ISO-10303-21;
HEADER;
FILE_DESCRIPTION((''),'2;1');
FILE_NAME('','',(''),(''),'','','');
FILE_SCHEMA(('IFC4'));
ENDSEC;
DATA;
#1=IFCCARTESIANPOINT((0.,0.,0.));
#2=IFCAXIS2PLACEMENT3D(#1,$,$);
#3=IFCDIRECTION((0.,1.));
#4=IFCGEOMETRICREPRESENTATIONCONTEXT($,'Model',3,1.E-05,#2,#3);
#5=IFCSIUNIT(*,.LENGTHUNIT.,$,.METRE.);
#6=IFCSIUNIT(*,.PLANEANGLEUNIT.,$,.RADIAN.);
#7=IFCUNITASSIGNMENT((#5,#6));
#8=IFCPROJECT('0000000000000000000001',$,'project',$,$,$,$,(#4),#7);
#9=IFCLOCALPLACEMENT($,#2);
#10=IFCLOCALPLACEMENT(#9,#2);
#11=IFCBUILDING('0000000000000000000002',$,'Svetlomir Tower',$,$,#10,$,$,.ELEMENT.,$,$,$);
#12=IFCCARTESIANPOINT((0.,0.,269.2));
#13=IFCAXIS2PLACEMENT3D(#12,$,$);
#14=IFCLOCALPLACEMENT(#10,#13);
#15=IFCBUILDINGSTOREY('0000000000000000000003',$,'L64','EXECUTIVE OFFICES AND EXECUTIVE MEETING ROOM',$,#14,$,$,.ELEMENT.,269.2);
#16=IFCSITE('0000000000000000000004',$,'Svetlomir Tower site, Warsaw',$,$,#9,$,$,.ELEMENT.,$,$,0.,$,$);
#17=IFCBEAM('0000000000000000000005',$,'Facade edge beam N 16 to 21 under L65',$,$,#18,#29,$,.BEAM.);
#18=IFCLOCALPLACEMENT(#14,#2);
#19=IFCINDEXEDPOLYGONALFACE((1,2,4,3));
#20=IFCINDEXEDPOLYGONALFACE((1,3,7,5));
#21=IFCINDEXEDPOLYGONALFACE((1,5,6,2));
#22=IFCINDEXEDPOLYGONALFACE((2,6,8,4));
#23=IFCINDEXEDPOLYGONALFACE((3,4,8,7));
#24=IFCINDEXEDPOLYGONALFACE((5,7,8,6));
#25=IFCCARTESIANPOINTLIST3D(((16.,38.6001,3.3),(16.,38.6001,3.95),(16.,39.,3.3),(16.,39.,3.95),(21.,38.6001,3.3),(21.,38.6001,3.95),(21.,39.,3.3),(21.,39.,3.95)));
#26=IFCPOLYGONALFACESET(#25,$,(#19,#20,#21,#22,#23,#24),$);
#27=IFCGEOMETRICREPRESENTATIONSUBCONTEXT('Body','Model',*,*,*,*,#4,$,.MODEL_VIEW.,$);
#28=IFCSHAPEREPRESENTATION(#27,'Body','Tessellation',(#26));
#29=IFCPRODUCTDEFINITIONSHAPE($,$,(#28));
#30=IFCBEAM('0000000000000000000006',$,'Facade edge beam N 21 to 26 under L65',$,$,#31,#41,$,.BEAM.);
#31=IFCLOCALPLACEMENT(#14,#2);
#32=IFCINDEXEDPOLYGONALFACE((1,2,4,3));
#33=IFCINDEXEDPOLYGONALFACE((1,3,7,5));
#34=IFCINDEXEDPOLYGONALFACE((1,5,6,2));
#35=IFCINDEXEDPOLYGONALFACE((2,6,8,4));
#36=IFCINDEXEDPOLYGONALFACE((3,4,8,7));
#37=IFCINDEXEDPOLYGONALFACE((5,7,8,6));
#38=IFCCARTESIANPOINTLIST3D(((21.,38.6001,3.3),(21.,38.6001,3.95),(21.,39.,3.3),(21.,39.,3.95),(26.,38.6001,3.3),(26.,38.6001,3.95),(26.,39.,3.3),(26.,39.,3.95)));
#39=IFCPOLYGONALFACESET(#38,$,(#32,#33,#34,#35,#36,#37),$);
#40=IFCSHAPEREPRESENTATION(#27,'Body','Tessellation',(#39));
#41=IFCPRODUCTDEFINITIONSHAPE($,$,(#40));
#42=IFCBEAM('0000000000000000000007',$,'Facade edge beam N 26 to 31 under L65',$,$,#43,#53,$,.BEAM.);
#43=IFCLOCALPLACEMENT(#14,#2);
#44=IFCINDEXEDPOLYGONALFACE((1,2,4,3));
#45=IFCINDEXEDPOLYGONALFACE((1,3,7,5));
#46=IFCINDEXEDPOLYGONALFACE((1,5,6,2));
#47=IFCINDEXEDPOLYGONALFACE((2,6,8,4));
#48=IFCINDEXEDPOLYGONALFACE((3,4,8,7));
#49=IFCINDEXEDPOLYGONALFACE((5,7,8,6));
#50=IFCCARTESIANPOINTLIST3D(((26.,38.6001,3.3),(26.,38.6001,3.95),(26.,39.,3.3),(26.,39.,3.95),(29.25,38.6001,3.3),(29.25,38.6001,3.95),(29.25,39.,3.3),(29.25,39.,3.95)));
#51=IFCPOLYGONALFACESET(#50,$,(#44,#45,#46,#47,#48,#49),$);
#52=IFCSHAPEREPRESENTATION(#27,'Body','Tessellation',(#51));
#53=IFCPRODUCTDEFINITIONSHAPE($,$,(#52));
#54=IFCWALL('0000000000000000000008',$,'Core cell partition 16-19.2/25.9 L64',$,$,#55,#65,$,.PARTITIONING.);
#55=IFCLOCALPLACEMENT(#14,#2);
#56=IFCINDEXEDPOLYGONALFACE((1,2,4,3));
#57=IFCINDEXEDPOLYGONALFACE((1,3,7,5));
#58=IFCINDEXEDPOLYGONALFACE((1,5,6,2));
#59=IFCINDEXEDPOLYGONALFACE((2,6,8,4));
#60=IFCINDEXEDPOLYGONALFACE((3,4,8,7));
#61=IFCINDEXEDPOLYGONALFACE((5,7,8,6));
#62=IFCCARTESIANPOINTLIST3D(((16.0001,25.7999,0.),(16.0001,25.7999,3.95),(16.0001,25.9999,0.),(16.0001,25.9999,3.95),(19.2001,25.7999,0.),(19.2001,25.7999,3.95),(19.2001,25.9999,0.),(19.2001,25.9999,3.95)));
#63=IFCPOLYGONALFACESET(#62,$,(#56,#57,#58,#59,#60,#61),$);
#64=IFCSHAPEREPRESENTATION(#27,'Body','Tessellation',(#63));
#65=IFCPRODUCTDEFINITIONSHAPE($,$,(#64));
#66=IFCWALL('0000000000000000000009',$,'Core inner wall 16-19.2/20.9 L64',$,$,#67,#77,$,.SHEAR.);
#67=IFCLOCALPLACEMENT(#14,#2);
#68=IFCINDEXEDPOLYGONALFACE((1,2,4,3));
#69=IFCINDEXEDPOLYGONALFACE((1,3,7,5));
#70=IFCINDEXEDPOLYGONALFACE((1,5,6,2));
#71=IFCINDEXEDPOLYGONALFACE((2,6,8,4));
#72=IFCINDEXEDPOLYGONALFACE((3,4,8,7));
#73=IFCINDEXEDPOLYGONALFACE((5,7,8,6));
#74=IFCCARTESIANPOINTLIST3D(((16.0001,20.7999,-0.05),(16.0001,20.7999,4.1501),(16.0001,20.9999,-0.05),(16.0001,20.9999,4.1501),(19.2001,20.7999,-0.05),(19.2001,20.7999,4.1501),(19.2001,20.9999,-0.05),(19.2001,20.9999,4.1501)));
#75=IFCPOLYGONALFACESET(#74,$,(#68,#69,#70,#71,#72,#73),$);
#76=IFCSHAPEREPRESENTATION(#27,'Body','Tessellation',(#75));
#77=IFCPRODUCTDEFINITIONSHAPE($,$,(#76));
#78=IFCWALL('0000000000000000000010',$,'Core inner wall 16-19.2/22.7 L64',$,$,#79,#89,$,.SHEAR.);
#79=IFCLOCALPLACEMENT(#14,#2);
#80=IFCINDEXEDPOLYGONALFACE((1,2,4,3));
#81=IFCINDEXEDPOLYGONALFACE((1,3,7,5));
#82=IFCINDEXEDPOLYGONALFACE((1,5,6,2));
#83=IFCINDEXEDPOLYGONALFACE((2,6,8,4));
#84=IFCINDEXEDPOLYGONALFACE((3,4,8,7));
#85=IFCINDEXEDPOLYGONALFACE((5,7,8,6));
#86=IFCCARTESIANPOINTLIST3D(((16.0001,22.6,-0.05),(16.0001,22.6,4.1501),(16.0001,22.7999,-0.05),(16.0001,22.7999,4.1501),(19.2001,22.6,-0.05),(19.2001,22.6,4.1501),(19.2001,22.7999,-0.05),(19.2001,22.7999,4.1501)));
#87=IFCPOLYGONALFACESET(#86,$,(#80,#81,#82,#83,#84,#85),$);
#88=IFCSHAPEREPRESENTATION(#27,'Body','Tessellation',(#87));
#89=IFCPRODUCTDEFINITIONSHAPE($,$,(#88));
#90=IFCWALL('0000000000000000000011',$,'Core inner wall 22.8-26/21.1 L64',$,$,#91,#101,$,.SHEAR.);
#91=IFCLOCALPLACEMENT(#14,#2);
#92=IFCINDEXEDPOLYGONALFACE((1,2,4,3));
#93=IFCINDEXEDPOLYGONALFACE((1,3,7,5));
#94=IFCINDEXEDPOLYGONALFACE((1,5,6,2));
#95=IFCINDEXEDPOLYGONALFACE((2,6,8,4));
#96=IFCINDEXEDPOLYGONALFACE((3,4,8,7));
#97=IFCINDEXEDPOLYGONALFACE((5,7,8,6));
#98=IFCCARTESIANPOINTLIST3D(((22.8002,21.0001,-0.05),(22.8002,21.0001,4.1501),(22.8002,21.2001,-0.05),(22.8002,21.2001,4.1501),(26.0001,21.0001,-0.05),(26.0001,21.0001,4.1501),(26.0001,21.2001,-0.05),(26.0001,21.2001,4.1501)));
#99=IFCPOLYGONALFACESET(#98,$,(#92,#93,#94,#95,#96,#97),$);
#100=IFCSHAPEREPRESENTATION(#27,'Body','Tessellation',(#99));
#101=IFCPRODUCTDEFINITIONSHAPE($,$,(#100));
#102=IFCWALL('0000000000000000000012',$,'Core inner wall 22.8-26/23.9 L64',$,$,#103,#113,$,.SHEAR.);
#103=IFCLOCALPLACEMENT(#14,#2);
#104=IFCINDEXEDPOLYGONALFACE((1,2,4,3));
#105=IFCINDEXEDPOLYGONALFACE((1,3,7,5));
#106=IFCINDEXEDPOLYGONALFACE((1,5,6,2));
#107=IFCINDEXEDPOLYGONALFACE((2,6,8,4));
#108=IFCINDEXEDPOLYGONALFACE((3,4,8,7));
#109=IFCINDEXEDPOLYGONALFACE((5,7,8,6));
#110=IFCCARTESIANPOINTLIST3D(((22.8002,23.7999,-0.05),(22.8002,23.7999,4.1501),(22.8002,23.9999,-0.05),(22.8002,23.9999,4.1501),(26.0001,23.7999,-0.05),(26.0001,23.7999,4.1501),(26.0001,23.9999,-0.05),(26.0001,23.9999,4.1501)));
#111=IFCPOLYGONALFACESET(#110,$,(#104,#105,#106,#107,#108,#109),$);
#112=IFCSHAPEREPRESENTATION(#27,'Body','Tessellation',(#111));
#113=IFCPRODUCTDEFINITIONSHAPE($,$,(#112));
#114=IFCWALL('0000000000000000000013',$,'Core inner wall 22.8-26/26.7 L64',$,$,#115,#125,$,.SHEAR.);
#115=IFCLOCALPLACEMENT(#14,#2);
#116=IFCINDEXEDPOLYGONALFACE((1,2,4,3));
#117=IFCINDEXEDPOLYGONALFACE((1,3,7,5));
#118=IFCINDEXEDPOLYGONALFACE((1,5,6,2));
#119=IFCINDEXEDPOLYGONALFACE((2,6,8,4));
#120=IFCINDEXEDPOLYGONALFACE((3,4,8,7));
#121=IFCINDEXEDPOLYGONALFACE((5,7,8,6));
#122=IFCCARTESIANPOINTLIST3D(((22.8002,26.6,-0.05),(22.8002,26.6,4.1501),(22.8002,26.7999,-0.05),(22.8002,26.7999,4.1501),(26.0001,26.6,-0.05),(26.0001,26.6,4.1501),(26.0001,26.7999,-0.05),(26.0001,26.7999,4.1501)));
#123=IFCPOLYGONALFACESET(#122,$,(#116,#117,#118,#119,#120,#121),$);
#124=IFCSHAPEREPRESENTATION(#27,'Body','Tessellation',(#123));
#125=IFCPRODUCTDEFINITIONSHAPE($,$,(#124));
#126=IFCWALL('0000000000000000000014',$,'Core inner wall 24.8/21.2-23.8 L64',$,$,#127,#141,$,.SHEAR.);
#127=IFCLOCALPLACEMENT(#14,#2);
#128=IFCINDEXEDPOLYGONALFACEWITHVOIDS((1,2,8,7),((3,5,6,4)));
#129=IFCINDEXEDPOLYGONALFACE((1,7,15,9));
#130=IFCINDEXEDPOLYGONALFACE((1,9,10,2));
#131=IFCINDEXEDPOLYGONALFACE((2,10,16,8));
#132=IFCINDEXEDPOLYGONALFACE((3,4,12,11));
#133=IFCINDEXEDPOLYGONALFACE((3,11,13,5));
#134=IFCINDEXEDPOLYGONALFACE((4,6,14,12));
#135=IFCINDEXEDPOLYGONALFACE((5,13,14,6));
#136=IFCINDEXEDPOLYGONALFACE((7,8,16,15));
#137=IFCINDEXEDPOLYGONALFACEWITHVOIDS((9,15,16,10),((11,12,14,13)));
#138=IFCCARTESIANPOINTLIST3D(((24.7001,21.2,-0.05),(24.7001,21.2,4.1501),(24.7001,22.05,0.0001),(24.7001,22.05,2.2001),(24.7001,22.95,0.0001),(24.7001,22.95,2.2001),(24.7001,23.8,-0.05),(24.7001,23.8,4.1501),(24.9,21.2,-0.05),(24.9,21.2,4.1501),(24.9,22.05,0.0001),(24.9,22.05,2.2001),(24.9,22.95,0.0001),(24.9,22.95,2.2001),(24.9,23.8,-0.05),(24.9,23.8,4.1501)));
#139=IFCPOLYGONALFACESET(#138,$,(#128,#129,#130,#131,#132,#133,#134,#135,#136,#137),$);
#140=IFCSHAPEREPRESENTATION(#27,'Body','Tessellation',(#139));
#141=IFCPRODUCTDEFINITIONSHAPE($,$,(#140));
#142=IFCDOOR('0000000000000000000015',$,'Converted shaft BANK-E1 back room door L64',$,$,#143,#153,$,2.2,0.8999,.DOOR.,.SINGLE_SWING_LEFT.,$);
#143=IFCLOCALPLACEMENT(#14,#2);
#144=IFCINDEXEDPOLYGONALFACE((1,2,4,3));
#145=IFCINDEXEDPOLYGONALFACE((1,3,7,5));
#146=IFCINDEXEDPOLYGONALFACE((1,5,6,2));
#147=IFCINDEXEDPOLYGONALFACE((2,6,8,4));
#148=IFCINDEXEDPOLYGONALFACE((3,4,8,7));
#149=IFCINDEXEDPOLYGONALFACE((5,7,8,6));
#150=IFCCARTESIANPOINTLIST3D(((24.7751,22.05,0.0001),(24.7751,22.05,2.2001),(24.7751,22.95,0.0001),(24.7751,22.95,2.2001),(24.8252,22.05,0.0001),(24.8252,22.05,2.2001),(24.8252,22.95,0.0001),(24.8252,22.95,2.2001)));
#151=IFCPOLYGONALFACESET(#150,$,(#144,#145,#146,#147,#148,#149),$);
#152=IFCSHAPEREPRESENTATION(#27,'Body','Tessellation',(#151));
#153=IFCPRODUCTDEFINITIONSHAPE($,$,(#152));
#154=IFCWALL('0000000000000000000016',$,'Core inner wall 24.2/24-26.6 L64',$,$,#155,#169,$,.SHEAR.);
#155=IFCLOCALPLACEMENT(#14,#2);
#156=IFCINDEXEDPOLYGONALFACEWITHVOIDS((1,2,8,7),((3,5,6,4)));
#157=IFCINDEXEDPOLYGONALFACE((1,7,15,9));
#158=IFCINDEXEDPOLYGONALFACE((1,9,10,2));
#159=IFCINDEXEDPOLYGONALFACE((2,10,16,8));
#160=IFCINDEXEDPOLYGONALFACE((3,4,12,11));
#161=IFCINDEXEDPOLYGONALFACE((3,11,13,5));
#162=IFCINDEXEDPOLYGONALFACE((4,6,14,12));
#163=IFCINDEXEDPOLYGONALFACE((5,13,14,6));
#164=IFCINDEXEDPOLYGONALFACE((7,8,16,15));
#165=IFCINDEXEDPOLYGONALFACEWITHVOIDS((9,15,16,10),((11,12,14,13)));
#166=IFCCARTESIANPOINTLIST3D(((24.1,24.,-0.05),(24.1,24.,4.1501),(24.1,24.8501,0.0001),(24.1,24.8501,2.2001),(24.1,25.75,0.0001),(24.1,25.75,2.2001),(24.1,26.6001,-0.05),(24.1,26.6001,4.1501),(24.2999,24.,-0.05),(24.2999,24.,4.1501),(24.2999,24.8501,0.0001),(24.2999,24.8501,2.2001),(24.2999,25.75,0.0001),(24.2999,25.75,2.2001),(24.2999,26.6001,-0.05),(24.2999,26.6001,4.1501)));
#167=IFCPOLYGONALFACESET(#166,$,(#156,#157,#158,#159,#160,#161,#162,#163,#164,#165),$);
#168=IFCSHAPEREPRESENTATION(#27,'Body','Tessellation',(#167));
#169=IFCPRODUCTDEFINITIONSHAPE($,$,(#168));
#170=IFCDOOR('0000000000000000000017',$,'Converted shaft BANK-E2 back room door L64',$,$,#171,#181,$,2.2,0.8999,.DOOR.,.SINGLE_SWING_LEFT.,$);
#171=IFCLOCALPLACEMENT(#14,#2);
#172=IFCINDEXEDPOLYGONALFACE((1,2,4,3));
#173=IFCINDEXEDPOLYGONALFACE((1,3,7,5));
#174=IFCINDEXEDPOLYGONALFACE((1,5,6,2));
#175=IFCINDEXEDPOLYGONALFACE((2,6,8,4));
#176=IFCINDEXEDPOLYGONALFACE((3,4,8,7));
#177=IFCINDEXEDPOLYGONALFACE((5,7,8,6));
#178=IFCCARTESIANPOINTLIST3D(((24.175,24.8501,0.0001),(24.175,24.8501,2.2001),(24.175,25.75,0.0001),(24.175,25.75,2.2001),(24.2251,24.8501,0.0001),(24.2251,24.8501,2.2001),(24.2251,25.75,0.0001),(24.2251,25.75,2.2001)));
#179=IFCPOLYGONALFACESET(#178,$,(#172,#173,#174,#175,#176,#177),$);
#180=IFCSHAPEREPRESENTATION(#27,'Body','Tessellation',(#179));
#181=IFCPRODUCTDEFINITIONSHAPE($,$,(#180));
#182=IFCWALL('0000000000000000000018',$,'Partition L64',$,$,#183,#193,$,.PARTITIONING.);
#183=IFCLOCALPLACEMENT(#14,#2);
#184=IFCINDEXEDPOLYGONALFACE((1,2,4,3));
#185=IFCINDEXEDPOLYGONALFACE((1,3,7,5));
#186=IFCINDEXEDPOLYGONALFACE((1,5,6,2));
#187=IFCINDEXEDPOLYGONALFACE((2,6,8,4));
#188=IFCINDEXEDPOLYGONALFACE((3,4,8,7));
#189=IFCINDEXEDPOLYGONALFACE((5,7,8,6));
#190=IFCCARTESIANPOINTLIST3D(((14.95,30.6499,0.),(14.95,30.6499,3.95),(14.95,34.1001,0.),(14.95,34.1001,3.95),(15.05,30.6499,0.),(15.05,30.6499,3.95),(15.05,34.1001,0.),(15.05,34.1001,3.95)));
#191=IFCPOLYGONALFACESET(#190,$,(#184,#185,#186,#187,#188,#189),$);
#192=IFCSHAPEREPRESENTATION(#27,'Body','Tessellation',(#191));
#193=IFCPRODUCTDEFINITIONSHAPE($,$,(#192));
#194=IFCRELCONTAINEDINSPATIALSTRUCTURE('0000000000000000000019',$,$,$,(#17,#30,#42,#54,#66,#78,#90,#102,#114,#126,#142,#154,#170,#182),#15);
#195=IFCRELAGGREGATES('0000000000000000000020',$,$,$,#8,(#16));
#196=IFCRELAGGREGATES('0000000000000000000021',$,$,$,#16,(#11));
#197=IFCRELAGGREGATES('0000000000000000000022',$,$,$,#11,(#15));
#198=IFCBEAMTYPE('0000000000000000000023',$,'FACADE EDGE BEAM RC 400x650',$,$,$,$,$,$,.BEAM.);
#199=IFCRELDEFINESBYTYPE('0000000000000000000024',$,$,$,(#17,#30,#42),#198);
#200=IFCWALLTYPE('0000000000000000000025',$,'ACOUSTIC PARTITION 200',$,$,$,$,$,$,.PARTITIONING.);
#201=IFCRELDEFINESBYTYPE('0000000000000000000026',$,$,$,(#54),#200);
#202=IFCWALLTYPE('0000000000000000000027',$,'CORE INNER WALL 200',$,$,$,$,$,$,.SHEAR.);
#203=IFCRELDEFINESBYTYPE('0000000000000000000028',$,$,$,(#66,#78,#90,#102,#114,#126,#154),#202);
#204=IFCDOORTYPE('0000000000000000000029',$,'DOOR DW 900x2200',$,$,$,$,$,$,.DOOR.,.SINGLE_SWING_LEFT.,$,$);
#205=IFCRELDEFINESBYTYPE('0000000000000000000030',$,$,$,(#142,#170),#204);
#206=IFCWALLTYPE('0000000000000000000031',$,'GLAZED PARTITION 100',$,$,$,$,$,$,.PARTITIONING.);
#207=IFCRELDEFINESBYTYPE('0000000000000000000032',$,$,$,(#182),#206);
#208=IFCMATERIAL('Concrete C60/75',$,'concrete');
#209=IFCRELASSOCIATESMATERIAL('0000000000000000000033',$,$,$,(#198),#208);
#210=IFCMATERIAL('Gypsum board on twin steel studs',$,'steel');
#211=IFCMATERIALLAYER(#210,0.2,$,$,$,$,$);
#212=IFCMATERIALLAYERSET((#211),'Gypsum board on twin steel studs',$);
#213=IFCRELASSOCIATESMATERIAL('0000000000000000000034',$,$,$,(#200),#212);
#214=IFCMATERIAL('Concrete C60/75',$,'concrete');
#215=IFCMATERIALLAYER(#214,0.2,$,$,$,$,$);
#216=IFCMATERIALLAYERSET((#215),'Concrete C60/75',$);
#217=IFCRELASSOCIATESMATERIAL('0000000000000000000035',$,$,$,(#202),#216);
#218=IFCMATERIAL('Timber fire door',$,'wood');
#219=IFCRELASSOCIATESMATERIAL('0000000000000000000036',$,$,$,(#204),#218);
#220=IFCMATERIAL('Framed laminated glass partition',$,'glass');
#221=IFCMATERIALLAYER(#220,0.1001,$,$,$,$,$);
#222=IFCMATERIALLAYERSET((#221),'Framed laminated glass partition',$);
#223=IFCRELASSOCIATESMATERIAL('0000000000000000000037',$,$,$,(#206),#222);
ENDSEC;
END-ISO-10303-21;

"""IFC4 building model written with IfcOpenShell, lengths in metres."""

from ifc_helpers import new_model, si_unit, direction, frame, frame_2d, origin, origin_2d, place, context, subcontext, project, spatial, rectangle, extrude, material, layer, layer_set, material_profile, profile_set, type_object, element, fill, save


model = new_model("IFC4")

# Units and contexts
model_context = context("Model", 3, precision=1e-05, world=origin(), true_north=direction((0.0, 1.0)))
body_context = subcontext(model_context, "Body", "Model", "MODEL_VIEW")
ifc_project = project(units=[si_unit("LENGTHUNIT", "METRE"), si_unit("PLANEANGLEUNIT", "RADIAN")], contexts=[model_context])

# Site, building, storey
site_placement = place(None, origin())
site = spatial("IfcSite", under=ifc_project, at=site_placement, Name="Svetlomir Tower site, Warsaw", CompositionType="ELEMENT", RefElevation=0.0)
building_placement = place(site_placement, origin())
building = spatial("IfcBuilding", under=site, at=building_placement, Name="Svetlomir Tower", CompositionType="ELEMENT")
storey_placement = place(building_placement, frame((0.0, 0.0, 269.2)))
storey = spatial("IfcBuildingStorey", under=building, at=storey_placement, Name="L64", Description="EXECUTIVE OFFICES AND EXECUTIVE MEETING ROOM", CompositionType="ELEMENT", Elevation=269.2)

# Beams
ifc_material_1 = material(Name="Concrete C60/75", Category="concrete")
ifc_material_profile = material_profile(ifc_material_1, rectangle(XDim=0.3999, YDim=0.6499, at=origin_2d()), Name="RC 400x650")
ifc_profile_set = profile_set([ifc_material_profile], Name="Concrete C60/75")
beam_type = type_object("IfcBeamType", Name="FACADE EDGE BEAM RC 400x650", PredefinedType="BEAM", material=ifc_profile_set)
for number, where, z_axis, x_axis, name in (
    (1, (16.0, 38.8, 3.625), (1.0, 0.0, 0.0), (0.0, 1.0, 0.0), "Facade edge beam N 16 to 21 under L65"),
    (2, (21.0, 38.8, 3.625), (1.0, 0.0, 0.0), (0.0, 1.0, 0.0), "Facade edge beam N 21 to 26 under L65"),
):
    element("IfcBeam", number, at=place(storey_placement, frame(where, z_axis=z_axis, x_axis=x_axis)), inside=storey, type_object=beam_type, Name=name, PredefinedType="BEAM", context=body_context, shape_type="SweptSolid", body=[
        extrude(rectangle(XDim=0.3999, YDim=0.6499, at=origin_2d()), origin(), (0.0, 0.0, 1.0), 5.0),
    ])
beam_placement = place(storey_placement, frame((26.0, 38.8, 3.625), z_axis=(1.0, 0.0, 0.0), x_axis=(0.0, 1.0, 0.0)))
element("IfcBeam", 3, at=beam_placement, inside=storey, type_object=beam_type, Name="Facade edge beam N 26 to 31 under L65", PredefinedType="BEAM", context=body_context, shape_type="SweptSolid", body=[
    extrude(rectangle(XDim=0.3999, YDim=0.6499, at=origin_2d()), origin(), (0.0, 0.0, 1.0), 3.25),
])

# Walls
ifc_material_2 = material(Name="Gypsum board on twin steel studs", Category="steel")
ifc_layer_1 = layer(ifc_material_2, 0.2)
ifc_layer_set_1 = layer_set([ifc_layer_1], Name="Gypsum board on twin steel studs")
wall_type_1 = type_object("IfcWallType", Name="ACOUSTIC PARTITION 200", PredefinedType="PARTITIONING", material=ifc_layer_set_1)
wall_1_placement = place(storey_placement, frame((16.0, 25.8999, 0.0), z_axis=(0.0, 0.0, 1.0), x_axis=(1.0, 0.0, 0.0)))
element("IfcWall", 4, at=wall_1_placement, inside=storey, type_object=wall_type_1, Name="Core cell partition 16-19.2/25.9 L64", PredefinedType="PARTITIONING", context=body_context, shape_type="SweptSolid", body=[
    extrude(rectangle(XDim=3.2, YDim=0.2, at=frame_2d((1.6001, 0.0))), origin(), (0.0, 0.0, 1.0), 3.95),
])
ifc_material_3 = material(Name="Concrete C60/75", Category="concrete")
ifc_layer_2 = layer(ifc_material_3, 0.2)
ifc_layer_set_2 = layer_set([ifc_layer_2], Name="Concrete C60/75")
wall_type_2 = type_object("IfcWallType", Name="CORE INNER WALL 200", PredefinedType="SHEAR", material=ifc_layer_set_2)
for number, where, z_axis, x_axis, name in (
    (5, (16.0, 20.8999, -0.05), (0.0, 0.0, 1.0), (1.0, 0.0, 0.0), "Core inner wall 16-19.2/20.9 L64"),
    (6, (16.0, 22.7, -0.05), (0.0, 0.0, 1.0), (1.0, 0.0, 0.0), "Core inner wall 16-19.2/22.7 L64"),
    (7, (22.8, 21.1001, -0.05), (0.0, 0.0, 1.0), (1.0, 0.0, 0.0), "Core inner wall 22.8-26/21.1 L64"),
    (8, (22.8, 23.8999, -0.05), (0.0, 0.0, 1.0), (1.0, 0.0, 0.0), "Core inner wall 22.8-26/23.9 L64"),
    (9, (22.8, 26.7, -0.05), (0.0, 0.0, 1.0), (1.0, 0.0, 0.0), "Core inner wall 22.8-26/26.7 L64"),
):
    element("IfcWall", number, at=place(storey_placement, frame(where, z_axis=z_axis, x_axis=x_axis)), inside=storey, type_object=wall_type_2, Name=name, PredefinedType="SHEAR", context=body_context, shape_type="SweptSolid", body=[
        extrude(rectangle(XDim=3.2, YDim=0.2, at=frame_2d((1.6001, 0.0))), origin(), (0.0, 0.0, 1.0), 4.2002),
    ])

# Walls, openings, doors
wall_2_placement = place(storey_placement, frame((24.8, 21.2, -0.05), z_axis=(0.0, 0.0, 1.0), x_axis=(0.0, 1.0, 0.0)))
wall_2 = element("IfcWall", 10, at=wall_2_placement, inside=storey, type_object=wall_type_2, Name="Core inner wall 24.8/21.2-23.8 L64", PredefinedType="SHEAR", context=body_context, shape_type="SweptSolid", body=[
    extrude(rectangle(XDim=2.6001, YDim=0.2, at=frame_2d((1.3, 0.0))), origin(), (0.0, 0.0, 1.0), 4.2002),
])
opening_1_placement = place(wall_2_placement, frame((0.8501, 0.0, 0.05)))
opening_1 = element("IfcOpeningElement", 11, at=opening_1_placement, cuts=wall_2, PredefinedType="OPENING", context=body_context, shape_type="SweptSolid", body=[
    extrude(rectangle(XDim=0.8999, YDim=2.2, at=frame_2d((0.45, 1.1001))), frame((0.0, 0.1099, 0.0), z_axis=(0.0, -1.0, 0.0), x_axis=(1.0, 0.0, 0.0)), (0.0, 0.0, 1.0), 0.22),
])
ifc_material_4 = material(Name="Timber fire door", Category="wood")
door_type_1 = type_object("IfcDoorType", Name="DOOR DW 900x2200", OperationType="SINGLE_SWING_LEFT", PredefinedType="DOOR", material=ifc_material_4)
door_1_placement = place(opening_1_placement, origin())
door_1 = element("IfcDoor", 12, at=door_1_placement, inside=storey, type_object=door_type_1, Name="Converted shaft BANK-E1 back room door L64", OperationType="SINGLE_SWING_LEFT", OverallHeight=2.2, OverallWidth=0.8999, PredefinedType="DOOR", context=body_context, shape_type="SweptSolid", body=[
    extrude(rectangle(XDim=0.8999, YDim=2.2, at=frame_2d((0.45, 1.1001))), frame((0.0, 0.0249, 0.0), z_axis=(0.0, -1.0, 0.0), x_axis=(1.0, 0.0, 0.0)), (0.0, 0.0, 1.0), 0.05),
])
fill(opening_1, door_1)
wall_3_placement = place(storey_placement, frame((24.2, 24.0, -0.05), z_axis=(0.0, 0.0, 1.0), x_axis=(0.0, 1.0, 0.0)))
wall_3 = element("IfcWall", 13, at=wall_3_placement, inside=storey, type_object=wall_type_2, Name="Core inner wall 24.2/24-26.6 L64", PredefinedType="SHEAR", context=body_context, shape_type="SweptSolid", body=[
    extrude(rectangle(XDim=2.6001, YDim=0.2, at=frame_2d((1.3, 0.0))), origin(), (0.0, 0.0, 1.0), 4.2002),
])
opening_2_placement = place(wall_3_placement, frame((0.8501, 0.0, 0.05)))
opening_2 = element("IfcOpeningElement", 14, at=opening_2_placement, cuts=wall_3, PredefinedType="OPENING", context=body_context, shape_type="SweptSolid", body=[
    extrude(rectangle(XDim=0.8999, YDim=2.2, at=frame_2d((0.45, 1.1001))), frame((0.0, 0.1099, 0.0), z_axis=(0.0, -1.0, 0.0), x_axis=(1.0, 0.0, 0.0)), (0.0, 0.0, 1.0), 0.22),
])
door_2_placement = place(opening_2_placement, origin())
door_2 = element("IfcDoor", 15, at=door_2_placement, inside=storey, type_object=door_type_1, Name="Converted shaft BANK-E2 back room door L64", OperationType="SINGLE_SWING_LEFT", OverallHeight=2.2, OverallWidth=0.8999, PredefinedType="DOOR", context=body_context, shape_type="SweptSolid", body=[
    extrude(rectangle(XDim=0.8999, YDim=2.2, at=frame_2d((0.45, 1.1001))), frame((0.0, 0.0249, 0.0), z_axis=(0.0, -1.0, 0.0), x_axis=(1.0, 0.0, 0.0)), (0.0, 0.0, 1.0), 0.05),
])
fill(opening_2, door_2)

# Wall
ifc_material_5 = material(Name="Framed laminated glass partition", Category="glass")
ifc_layer_3 = layer(ifc_material_5, 0.1001)
ifc_layer_set_3 = layer_set([ifc_layer_3], Name="Framed laminated glass partition")
wall_type_3 = type_object("IfcWallType", Name="GLAZED PARTITION 100", PredefinedType="PARTITIONING", material=ifc_layer_set_3)
wall_4_placement = place(storey_placement, frame((15.0, 30.6499, 0.0), z_axis=(0.0, 0.0, 1.0), x_axis=(0.0, 1.0, 0.0)))
element("IfcWall", 16, at=wall_4_placement, inside=storey, type_object=wall_type_3, Name="Partition L64", PredefinedType="PARTITIONING", context=body_context, shape_type="SweptSolid", body=[
    extrude(rectangle(XDim=3.4502, YDim=0.1001, at=frame_2d((1.7251, 0.0))), origin(), (0.0, 0.0, 1.0), 3.95),
])

save(model, "model.ifc")
